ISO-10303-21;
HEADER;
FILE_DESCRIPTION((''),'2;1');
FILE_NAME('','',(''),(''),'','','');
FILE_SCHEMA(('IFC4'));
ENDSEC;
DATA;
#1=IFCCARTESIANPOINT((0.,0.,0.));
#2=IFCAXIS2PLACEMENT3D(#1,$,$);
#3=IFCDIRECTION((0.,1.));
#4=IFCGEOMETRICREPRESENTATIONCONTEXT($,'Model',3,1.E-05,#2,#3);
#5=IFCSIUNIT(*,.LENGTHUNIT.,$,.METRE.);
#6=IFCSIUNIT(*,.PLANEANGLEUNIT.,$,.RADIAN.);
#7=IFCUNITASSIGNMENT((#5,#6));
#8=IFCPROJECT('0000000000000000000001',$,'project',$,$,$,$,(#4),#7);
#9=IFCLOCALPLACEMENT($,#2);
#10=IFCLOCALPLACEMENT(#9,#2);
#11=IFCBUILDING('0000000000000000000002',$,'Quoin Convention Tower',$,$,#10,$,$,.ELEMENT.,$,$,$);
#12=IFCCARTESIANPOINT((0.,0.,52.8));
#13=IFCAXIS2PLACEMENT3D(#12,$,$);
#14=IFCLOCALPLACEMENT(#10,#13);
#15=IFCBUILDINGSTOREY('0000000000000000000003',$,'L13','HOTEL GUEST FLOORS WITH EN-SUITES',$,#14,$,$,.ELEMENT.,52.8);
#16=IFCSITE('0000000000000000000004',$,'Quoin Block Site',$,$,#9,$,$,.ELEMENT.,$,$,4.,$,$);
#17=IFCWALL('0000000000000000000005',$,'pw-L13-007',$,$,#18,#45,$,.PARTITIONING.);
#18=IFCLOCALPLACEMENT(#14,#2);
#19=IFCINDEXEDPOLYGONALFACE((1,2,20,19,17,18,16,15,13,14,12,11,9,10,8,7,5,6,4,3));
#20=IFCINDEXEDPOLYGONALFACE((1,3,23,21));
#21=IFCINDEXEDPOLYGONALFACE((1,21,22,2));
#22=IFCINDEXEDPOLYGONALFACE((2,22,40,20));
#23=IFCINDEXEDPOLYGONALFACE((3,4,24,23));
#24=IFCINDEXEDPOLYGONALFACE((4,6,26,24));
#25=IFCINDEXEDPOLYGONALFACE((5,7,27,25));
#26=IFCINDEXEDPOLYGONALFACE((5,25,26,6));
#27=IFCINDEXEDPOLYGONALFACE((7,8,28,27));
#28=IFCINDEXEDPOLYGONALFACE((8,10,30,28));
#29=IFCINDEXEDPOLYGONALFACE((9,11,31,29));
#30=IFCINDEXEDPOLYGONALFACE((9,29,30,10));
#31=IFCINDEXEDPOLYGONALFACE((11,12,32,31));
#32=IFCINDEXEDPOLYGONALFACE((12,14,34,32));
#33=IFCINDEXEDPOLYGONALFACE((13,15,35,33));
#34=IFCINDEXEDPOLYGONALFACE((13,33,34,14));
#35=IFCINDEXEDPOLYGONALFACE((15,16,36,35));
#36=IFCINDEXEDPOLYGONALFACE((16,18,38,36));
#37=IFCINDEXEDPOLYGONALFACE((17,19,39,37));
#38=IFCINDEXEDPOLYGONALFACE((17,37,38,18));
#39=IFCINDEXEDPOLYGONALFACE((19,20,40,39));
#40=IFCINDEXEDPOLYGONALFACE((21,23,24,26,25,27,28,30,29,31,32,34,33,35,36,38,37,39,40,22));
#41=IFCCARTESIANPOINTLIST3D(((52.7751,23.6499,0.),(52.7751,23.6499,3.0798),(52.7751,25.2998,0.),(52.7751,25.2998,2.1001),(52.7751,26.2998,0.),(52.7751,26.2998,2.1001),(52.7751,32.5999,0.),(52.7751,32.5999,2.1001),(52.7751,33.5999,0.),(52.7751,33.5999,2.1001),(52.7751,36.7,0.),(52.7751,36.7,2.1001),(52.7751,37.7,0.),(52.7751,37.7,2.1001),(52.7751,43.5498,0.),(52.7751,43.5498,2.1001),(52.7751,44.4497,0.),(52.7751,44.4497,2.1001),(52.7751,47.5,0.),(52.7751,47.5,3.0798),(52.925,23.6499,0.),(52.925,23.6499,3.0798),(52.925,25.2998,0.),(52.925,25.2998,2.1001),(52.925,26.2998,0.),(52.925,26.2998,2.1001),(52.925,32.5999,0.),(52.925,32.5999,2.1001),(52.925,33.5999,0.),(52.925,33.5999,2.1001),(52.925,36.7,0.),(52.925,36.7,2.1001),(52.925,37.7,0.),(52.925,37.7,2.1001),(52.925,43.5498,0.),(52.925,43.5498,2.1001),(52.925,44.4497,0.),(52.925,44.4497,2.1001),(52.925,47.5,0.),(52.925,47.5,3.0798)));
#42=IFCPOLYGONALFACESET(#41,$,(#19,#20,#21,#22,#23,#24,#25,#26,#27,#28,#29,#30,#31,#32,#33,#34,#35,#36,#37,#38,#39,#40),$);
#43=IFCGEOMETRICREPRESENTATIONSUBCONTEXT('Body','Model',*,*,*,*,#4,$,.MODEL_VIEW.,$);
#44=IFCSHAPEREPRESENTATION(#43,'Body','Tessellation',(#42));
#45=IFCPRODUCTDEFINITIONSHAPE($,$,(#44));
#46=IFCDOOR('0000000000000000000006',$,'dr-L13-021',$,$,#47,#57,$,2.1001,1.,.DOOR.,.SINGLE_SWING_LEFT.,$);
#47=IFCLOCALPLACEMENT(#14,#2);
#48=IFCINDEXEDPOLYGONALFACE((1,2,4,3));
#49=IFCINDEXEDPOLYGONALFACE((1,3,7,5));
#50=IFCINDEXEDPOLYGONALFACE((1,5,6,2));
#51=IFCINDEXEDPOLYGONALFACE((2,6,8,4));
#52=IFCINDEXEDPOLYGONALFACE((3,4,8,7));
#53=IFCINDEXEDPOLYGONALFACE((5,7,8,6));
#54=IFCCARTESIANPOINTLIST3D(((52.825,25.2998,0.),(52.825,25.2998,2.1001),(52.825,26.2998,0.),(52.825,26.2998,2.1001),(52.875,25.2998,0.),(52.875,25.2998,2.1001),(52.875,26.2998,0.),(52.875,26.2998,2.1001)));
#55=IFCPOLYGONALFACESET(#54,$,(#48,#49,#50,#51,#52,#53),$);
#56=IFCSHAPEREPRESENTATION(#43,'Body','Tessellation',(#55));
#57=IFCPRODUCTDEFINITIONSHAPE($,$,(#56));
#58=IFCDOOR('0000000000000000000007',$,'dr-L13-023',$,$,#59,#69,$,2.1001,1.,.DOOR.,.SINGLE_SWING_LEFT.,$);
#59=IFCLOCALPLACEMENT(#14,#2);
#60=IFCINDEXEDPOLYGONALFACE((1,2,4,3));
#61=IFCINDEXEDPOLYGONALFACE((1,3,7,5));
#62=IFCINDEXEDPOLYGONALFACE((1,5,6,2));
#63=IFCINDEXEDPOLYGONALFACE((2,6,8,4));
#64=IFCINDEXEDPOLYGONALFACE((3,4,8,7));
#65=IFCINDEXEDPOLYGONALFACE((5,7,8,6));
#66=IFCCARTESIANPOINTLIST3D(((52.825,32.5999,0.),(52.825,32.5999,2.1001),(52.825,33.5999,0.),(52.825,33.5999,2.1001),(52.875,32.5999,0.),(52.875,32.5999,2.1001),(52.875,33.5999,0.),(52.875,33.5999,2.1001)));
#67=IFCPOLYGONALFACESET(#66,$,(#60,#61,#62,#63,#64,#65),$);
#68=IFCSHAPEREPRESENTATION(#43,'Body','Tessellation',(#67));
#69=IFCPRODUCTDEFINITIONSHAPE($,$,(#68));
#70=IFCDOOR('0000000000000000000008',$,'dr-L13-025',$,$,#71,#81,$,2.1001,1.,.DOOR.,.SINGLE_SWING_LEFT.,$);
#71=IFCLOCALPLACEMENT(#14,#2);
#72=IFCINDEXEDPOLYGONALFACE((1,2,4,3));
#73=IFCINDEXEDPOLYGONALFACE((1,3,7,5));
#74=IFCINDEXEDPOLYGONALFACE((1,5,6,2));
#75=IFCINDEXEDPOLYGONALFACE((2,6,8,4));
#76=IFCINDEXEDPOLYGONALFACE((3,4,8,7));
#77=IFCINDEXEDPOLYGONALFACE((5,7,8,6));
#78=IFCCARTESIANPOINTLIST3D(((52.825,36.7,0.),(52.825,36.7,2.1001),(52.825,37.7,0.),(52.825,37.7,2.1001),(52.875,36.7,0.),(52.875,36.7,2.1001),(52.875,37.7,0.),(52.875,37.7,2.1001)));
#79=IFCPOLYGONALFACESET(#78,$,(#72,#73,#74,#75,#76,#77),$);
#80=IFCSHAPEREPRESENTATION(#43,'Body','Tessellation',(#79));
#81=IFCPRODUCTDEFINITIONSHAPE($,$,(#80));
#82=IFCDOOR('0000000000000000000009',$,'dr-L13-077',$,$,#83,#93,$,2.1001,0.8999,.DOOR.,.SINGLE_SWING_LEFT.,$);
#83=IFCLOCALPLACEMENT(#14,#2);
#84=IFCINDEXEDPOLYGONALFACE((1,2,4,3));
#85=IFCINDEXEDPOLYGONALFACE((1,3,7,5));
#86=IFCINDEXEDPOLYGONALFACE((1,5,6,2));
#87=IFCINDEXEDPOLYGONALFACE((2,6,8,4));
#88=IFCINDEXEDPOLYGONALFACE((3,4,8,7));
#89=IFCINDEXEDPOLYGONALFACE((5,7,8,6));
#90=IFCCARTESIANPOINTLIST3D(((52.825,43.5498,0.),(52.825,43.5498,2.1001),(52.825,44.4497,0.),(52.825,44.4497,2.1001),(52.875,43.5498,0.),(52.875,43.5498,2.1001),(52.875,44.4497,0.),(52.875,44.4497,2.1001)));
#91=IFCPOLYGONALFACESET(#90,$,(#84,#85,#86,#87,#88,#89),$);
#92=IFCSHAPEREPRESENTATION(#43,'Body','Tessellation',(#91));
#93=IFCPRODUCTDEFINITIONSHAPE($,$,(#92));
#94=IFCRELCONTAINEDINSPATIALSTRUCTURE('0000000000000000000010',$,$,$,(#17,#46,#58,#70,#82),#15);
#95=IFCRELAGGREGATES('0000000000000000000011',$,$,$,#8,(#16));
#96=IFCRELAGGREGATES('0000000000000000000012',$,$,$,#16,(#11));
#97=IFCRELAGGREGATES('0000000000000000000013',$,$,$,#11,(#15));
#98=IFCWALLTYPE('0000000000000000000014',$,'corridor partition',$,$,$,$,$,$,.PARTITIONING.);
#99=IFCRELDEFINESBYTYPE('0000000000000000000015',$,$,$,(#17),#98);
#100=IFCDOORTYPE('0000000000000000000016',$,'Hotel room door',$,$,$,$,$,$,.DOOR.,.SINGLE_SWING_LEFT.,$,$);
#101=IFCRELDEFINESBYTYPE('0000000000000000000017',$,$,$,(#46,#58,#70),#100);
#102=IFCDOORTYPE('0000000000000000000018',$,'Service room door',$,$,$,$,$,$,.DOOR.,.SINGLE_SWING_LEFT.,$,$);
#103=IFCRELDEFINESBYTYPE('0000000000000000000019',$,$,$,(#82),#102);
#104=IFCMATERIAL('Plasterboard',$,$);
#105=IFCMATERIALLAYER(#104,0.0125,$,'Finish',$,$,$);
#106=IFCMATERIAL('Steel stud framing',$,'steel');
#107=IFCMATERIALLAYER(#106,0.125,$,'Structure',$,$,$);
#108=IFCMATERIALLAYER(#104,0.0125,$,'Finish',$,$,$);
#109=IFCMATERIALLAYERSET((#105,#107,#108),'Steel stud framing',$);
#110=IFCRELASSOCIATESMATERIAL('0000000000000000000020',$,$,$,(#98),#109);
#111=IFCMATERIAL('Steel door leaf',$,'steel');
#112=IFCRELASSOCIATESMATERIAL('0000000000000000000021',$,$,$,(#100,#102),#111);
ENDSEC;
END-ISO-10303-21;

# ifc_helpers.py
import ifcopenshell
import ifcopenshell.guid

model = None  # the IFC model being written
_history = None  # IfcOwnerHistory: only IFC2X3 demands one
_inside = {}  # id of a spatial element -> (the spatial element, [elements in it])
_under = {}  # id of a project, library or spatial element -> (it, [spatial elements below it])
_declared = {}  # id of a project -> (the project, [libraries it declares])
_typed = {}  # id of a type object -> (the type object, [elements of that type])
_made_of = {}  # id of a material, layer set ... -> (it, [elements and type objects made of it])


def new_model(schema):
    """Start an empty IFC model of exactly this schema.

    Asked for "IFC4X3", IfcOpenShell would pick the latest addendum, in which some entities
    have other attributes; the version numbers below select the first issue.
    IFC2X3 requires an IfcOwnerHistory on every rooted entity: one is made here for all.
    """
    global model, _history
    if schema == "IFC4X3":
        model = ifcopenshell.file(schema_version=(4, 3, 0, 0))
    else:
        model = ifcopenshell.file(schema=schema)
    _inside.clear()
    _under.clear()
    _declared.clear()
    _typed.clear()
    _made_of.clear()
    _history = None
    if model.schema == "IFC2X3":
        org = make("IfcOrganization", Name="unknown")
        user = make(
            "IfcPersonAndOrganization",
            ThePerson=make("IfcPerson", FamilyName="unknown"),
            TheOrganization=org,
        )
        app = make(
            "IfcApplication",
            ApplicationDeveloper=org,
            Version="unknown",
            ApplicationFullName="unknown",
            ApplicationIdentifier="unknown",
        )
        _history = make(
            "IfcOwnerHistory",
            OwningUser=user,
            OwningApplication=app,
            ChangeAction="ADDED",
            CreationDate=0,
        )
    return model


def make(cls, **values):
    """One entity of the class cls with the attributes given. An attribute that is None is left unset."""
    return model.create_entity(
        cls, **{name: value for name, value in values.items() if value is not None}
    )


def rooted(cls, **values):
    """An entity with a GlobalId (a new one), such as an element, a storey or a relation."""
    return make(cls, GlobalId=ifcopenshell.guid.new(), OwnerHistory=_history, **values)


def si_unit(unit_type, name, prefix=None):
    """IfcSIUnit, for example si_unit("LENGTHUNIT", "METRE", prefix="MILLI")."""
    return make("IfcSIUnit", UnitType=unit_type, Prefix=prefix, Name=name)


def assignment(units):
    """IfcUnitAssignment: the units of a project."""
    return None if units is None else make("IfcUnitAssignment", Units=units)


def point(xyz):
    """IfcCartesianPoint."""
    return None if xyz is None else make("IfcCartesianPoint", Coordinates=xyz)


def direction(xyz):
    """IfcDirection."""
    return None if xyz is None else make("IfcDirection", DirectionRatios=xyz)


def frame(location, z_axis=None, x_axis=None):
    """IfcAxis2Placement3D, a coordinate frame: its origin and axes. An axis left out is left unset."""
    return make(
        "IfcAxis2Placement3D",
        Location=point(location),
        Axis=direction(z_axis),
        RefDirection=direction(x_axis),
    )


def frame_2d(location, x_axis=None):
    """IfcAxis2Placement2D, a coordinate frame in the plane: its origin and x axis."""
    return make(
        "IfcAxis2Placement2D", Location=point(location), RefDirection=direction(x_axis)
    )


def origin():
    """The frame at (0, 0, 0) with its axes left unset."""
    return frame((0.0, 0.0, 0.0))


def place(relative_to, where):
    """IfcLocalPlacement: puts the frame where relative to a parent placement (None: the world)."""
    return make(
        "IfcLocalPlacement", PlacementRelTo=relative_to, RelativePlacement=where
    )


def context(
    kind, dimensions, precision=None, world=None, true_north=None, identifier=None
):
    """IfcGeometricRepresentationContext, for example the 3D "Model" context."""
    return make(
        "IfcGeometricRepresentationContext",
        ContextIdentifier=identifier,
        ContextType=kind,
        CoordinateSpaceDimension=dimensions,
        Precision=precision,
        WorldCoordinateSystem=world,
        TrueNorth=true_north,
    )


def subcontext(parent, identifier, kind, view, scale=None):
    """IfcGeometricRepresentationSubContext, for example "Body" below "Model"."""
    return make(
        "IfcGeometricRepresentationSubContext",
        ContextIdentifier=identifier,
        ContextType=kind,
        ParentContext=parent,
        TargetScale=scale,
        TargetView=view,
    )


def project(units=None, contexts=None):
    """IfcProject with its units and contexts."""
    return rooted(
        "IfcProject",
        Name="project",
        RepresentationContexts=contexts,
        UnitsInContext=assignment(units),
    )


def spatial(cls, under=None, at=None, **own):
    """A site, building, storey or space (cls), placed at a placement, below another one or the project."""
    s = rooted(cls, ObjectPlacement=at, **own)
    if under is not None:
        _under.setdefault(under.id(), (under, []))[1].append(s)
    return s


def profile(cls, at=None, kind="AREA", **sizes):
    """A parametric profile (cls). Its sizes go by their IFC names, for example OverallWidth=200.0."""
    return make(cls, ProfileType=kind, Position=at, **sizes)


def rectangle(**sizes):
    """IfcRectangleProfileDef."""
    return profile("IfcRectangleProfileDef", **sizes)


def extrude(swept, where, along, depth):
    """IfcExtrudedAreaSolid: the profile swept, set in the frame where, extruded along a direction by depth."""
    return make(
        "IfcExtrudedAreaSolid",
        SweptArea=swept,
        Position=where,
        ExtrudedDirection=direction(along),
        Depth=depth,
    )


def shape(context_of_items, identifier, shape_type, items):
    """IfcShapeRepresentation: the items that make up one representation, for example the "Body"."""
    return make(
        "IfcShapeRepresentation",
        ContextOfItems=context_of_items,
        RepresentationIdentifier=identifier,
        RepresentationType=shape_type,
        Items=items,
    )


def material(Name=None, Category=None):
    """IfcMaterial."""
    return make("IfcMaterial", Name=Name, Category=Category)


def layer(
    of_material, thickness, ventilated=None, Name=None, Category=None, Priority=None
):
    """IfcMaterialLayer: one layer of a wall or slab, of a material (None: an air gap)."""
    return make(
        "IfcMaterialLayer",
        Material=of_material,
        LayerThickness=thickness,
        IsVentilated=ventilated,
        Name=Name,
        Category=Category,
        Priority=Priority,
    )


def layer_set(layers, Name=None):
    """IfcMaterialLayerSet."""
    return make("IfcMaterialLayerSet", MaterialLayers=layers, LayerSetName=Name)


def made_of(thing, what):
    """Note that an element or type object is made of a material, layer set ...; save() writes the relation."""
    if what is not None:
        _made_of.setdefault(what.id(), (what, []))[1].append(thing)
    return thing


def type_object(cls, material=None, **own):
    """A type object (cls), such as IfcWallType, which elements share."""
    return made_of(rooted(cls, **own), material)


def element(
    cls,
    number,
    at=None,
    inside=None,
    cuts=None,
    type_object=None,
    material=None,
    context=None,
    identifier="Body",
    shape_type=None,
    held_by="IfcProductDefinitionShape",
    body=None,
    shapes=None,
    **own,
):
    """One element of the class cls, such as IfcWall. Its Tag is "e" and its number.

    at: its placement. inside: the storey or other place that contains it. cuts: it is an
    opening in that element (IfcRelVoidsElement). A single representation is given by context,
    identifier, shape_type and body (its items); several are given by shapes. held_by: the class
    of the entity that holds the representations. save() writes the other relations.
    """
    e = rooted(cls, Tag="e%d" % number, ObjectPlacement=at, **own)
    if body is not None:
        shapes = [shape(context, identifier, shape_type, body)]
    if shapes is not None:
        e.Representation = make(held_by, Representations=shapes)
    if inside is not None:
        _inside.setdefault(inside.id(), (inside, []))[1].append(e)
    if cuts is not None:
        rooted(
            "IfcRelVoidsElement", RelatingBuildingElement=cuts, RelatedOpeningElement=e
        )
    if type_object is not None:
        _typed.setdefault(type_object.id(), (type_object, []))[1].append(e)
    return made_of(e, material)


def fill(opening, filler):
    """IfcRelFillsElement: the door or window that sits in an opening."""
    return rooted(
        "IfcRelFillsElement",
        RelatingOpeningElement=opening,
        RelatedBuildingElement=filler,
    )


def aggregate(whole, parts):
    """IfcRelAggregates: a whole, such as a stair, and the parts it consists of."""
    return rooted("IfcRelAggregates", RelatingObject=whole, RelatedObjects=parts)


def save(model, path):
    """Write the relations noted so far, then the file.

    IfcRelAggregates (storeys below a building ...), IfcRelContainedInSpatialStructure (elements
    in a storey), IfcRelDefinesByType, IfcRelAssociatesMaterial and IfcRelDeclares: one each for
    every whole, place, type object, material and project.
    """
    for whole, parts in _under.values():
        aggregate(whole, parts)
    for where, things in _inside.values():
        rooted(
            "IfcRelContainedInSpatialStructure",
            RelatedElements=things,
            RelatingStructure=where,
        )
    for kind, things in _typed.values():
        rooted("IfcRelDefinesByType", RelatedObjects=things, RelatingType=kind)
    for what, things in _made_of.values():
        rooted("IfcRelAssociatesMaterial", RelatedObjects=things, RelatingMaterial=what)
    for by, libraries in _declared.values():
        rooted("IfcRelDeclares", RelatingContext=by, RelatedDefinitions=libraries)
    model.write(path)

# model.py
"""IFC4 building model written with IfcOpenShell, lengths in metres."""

from ifc_helpers import new_model, si_unit, direction, frame, frame_2d, origin, place, context, subcontext, project, spatial, rectangle, extrude, material, layer, layer_set, type_object, element, fill, save


model = new_model("IFC4")

# Units and contexts
model_context = context("Model", 3, precision=1e-05, world=origin(), true_north=direction((0.0, 1.0)))
body_context = subcontext(model_context, "Body", "Model", "MODEL_VIEW")
ifc_project = project(units=[si_unit("LENGTHUNIT", "METRE"), si_unit("PLANEANGLEUNIT", "RADIAN")], contexts=[model_context])

# Site, building, storey
site_placement = place(None, origin())
site = spatial("IfcSite", under=ifc_project, at=site_placement, Name="Quoin Block Site", CompositionType="ELEMENT", RefElevation=4.0)
building_placement = place(site_placement, origin())
building = spatial("IfcBuilding", under=site, at=building_placement, Name="Quoin Convention Tower", CompositionType="ELEMENT")
storey_placement = place(building_placement, frame((0.0, 0.0, 52.8)))
storey = spatial("IfcBuildingStorey", under=building, at=storey_placement, Name="L13", Description="HOTEL GUEST FLOORS WITH EN-SUITES", CompositionType="ELEMENT", Elevation=52.8)

# Shared definitions
ifc_material_1 = material(Name="Steel door leaf", Category="steel")

# Wall, openings, doors
ifc_material_2 = material(Name="Plasterboard")
ifc_layer_1 = layer(ifc_material_2, 0.0125, Name="Finish")
ifc_material_3 = material(Name="Steel stud framing", Category="steel")
ifc_layer_2 = layer(ifc_material_3, 0.125, Name="Structure")
ifc_layer_3 = layer(ifc_material_2, 0.0125, Name="Finish")
ifc_layer_set_1 = layer_set([ifc_layer_1, ifc_layer_2, ifc_layer_3], Name="Steel stud framing")
wall_type_1 = type_object("IfcWallType", Name="corridor partition", PredefinedType="PARTITIONING", material=ifc_layer_set_1)
wall_1_placement = place(storey_placement, frame((52.8501, 23.6499, 0.0), z_axis=(0.0, 0.0, 1.0), x_axis=(0.0, 1.0, 0.0)))
wall_1 = element("IfcWall", 1, at=wall_1_placement, inside=storey, type_object=wall_type_1, Name="pw-L13-007", PredefinedType="PARTITIONING", context=body_context, shape_type="SweptSolid", body=[
    extrude(rectangle(XDim=23.8501, YDim=0.1499, at=frame_2d((11.925, 0.0))), origin(), (0.0, 0.0, 1.0), 3.0798),
])
opening_1_placement = place(wall_1_placement, frame((1.6499, 0.0, 0.0)))
opening_1 = element("IfcOpeningElement", 2, at=opening_1_placement, cuts=wall_1, PredefinedType="OPENING", context=body_context, shape_type="SweptSolid", body=[
    extrude(rectangle(XDim=1.0, YDim=2.1001, at=frame_2d((0.5, 1.05))), frame((0.0, 0.085, 0.0), z_axis=(0.0, -1.0, 0.0), x_axis=(1.0, 0.0, 0.0)), (0.0, 0.0, 1.0), 0.1699),
])
opening_2_placement = place(wall_1_placement, frame((8.95, 0.0, 0.0)))
opening_2 = element("IfcOpeningElement", 3, at=opening_2_placement, cuts=wall_1, PredefinedType="OPENING", context=body_context, shape_type="SweptSolid", body=[
    extrude(rectangle(XDim=1.0, YDim=2.1001, at=frame_2d((0.5, 1.05))), frame((0.0, 0.085, 0.0), z_axis=(0.0, -1.0, 0.0), x_axis=(1.0, 0.0, 0.0)), (0.0, 0.0, 1.0), 0.1699),
])
opening_3_placement = place(wall_1_placement, frame((13.05, 0.0, 0.0)))
opening_3 = element("IfcOpeningElement", 4, at=opening_3_placement, cuts=wall_1, PredefinedType="OPENING", context=body_context, shape_type="SweptSolid", body=[
    extrude(rectangle(XDim=1.0, YDim=2.1001, at=frame_2d((0.5, 1.05))), frame((0.0, 0.085, 0.0), z_axis=(0.0, -1.0, 0.0), x_axis=(1.0, 0.0, 0.0)), (0.0, 0.0, 1.0), 0.1699),
])
opening_4_placement = place(wall_1_placement, frame((19.8999, 0.0, 0.0)))
opening_4 = element("IfcOpeningElement", 5, at=opening_4_placement, cuts=wall_1, PredefinedType="OPENING", context=body_context, shape_type="SweptSolid", body=[
    extrude(rectangle(XDim=0.8999, YDim=2.1001, at=frame_2d((0.45, 1.05))), frame((0.0, 0.085, 0.0), z_axis=(0.0, -1.0, 0.0), x_axis=(1.0, 0.0, 0.0)), (0.0, 0.0, 1.0), 0.1699),
])
door_type_1 = type_object("IfcDoorType", Name="Hotel room door", OperationType="SINGLE_SWING_LEFT", PredefinedType="DOOR", material=ifc_material_1)
door_1_placement = place(opening_1_placement, frame((1.0, 0.0, 0.0), z_axis=(0.0, 0.0, 1.0), x_axis=(-1.0, 0.0, 0.0)))
door_1 = element("IfcDoor", 6, at=door_1_placement, inside=storey, type_object=door_type_1, Name="dr-L13-021", OperationType="SINGLE_SWING_LEFT", OverallHeight=2.1001, OverallWidth=1.0, PredefinedType="DOOR", context=body_context, shape_type="SweptSolid", body=[
    extrude(rectangle(XDim=1.0, YDim=2.1001, at=frame_2d((0.5, 1.05))), frame((0.0, 0.0249, 0.0), z_axis=(0.0, -1.0, 0.0), x_axis=(1.0, 0.0, 0.0)), (0.0, 0.0, 1.0), 0.05),
])
fill(opening_1, door_1)
door_2_placement = place(opening_2_placement, frame((1.0, 0.0, 0.0), z_axis=(0.0, 0.0, 1.0), x_axis=(-1.0, 0.0, 0.0)))
door_2 = element("IfcDoor", 7, at=door_2_placement, inside=storey, type_object=door_type_1, Name="dr-L13-023", OperationType="SINGLE_SWING_LEFT", OverallHeight=2.1001, OverallWidth=1.0, PredefinedType="DOOR", context=body_context, shape_type="SweptSolid", body=[
    extrude(rectangle(XDim=1.0, YDim=2.1001, at=frame_2d((0.5, 1.05))), frame((0.0, 0.0249, 0.0), z_axis=(0.0, -1.0, 0.0), x_axis=(1.0, 0.0, 0.0)), (0.0, 0.0, 1.0), 0.05),
])
fill(opening_2, door_2)
door_3_placement = place(opening_3_placement, frame((1.0, 0.0, 0.0), z_axis=(0.0, 0.0, 1.0), x_axis=(-1.0, 0.0, 0.0)))
door_3 = element("IfcDoor", 8, at=door_3_placement, inside=storey, type_object=door_type_1, Name="dr-L13-025", OperationType="SINGLE_SWING_LEFT", OverallHeight=2.1001, OverallWidth=1.0, PredefinedType="DOOR", context=body_context, shape_type="SweptSolid", body=[
    extrude(rectangle(XDim=1.0, YDim=2.1001, at=frame_2d((0.5, 1.05))), frame((0.0, 0.0249, 0.0), z_axis=(0.0, -1.0, 0.0), x_axis=(1.0, 0.0, 0.0)), (0.0, 0.0, 1.0), 0.05),
])
fill(opening_3, door_3)
door_type_2 = type_object("IfcDoorType", Name="Service room door", OperationType="SINGLE_SWING_LEFT", PredefinedType="DOOR", material=ifc_material_1)
door_4_placement = place(opening_4_placement, frame((0.8999, 0.0, 0.0), z_axis=(0.0, 0.0, 1.0), x_axis=(-1.0, 0.0, 0.0)))
door_4 = element("IfcDoor", 9, at=door_4_placement, inside=storey, type_object=door_type_2, Name="dr-L13-077", OperationType="SINGLE_SWING_LEFT", OverallHeight=2.1001, OverallWidth=0.8999, PredefinedType="DOOR", context=body_context, shape_type="SweptSolid", body=[
    extrude(rectangle(XDim=0.8999, YDim=2.1001, at=frame_2d((0.45, 1.05))), frame((0.0, 0.0249, 0.0), z_axis=(0.0, -1.0, 0.0), x_axis=(1.0, 0.0, 0.0)), (0.0, 0.0, 1.0), 0.05),
])
fill(opening_4, door_4)

save(model, "model.ifc")
